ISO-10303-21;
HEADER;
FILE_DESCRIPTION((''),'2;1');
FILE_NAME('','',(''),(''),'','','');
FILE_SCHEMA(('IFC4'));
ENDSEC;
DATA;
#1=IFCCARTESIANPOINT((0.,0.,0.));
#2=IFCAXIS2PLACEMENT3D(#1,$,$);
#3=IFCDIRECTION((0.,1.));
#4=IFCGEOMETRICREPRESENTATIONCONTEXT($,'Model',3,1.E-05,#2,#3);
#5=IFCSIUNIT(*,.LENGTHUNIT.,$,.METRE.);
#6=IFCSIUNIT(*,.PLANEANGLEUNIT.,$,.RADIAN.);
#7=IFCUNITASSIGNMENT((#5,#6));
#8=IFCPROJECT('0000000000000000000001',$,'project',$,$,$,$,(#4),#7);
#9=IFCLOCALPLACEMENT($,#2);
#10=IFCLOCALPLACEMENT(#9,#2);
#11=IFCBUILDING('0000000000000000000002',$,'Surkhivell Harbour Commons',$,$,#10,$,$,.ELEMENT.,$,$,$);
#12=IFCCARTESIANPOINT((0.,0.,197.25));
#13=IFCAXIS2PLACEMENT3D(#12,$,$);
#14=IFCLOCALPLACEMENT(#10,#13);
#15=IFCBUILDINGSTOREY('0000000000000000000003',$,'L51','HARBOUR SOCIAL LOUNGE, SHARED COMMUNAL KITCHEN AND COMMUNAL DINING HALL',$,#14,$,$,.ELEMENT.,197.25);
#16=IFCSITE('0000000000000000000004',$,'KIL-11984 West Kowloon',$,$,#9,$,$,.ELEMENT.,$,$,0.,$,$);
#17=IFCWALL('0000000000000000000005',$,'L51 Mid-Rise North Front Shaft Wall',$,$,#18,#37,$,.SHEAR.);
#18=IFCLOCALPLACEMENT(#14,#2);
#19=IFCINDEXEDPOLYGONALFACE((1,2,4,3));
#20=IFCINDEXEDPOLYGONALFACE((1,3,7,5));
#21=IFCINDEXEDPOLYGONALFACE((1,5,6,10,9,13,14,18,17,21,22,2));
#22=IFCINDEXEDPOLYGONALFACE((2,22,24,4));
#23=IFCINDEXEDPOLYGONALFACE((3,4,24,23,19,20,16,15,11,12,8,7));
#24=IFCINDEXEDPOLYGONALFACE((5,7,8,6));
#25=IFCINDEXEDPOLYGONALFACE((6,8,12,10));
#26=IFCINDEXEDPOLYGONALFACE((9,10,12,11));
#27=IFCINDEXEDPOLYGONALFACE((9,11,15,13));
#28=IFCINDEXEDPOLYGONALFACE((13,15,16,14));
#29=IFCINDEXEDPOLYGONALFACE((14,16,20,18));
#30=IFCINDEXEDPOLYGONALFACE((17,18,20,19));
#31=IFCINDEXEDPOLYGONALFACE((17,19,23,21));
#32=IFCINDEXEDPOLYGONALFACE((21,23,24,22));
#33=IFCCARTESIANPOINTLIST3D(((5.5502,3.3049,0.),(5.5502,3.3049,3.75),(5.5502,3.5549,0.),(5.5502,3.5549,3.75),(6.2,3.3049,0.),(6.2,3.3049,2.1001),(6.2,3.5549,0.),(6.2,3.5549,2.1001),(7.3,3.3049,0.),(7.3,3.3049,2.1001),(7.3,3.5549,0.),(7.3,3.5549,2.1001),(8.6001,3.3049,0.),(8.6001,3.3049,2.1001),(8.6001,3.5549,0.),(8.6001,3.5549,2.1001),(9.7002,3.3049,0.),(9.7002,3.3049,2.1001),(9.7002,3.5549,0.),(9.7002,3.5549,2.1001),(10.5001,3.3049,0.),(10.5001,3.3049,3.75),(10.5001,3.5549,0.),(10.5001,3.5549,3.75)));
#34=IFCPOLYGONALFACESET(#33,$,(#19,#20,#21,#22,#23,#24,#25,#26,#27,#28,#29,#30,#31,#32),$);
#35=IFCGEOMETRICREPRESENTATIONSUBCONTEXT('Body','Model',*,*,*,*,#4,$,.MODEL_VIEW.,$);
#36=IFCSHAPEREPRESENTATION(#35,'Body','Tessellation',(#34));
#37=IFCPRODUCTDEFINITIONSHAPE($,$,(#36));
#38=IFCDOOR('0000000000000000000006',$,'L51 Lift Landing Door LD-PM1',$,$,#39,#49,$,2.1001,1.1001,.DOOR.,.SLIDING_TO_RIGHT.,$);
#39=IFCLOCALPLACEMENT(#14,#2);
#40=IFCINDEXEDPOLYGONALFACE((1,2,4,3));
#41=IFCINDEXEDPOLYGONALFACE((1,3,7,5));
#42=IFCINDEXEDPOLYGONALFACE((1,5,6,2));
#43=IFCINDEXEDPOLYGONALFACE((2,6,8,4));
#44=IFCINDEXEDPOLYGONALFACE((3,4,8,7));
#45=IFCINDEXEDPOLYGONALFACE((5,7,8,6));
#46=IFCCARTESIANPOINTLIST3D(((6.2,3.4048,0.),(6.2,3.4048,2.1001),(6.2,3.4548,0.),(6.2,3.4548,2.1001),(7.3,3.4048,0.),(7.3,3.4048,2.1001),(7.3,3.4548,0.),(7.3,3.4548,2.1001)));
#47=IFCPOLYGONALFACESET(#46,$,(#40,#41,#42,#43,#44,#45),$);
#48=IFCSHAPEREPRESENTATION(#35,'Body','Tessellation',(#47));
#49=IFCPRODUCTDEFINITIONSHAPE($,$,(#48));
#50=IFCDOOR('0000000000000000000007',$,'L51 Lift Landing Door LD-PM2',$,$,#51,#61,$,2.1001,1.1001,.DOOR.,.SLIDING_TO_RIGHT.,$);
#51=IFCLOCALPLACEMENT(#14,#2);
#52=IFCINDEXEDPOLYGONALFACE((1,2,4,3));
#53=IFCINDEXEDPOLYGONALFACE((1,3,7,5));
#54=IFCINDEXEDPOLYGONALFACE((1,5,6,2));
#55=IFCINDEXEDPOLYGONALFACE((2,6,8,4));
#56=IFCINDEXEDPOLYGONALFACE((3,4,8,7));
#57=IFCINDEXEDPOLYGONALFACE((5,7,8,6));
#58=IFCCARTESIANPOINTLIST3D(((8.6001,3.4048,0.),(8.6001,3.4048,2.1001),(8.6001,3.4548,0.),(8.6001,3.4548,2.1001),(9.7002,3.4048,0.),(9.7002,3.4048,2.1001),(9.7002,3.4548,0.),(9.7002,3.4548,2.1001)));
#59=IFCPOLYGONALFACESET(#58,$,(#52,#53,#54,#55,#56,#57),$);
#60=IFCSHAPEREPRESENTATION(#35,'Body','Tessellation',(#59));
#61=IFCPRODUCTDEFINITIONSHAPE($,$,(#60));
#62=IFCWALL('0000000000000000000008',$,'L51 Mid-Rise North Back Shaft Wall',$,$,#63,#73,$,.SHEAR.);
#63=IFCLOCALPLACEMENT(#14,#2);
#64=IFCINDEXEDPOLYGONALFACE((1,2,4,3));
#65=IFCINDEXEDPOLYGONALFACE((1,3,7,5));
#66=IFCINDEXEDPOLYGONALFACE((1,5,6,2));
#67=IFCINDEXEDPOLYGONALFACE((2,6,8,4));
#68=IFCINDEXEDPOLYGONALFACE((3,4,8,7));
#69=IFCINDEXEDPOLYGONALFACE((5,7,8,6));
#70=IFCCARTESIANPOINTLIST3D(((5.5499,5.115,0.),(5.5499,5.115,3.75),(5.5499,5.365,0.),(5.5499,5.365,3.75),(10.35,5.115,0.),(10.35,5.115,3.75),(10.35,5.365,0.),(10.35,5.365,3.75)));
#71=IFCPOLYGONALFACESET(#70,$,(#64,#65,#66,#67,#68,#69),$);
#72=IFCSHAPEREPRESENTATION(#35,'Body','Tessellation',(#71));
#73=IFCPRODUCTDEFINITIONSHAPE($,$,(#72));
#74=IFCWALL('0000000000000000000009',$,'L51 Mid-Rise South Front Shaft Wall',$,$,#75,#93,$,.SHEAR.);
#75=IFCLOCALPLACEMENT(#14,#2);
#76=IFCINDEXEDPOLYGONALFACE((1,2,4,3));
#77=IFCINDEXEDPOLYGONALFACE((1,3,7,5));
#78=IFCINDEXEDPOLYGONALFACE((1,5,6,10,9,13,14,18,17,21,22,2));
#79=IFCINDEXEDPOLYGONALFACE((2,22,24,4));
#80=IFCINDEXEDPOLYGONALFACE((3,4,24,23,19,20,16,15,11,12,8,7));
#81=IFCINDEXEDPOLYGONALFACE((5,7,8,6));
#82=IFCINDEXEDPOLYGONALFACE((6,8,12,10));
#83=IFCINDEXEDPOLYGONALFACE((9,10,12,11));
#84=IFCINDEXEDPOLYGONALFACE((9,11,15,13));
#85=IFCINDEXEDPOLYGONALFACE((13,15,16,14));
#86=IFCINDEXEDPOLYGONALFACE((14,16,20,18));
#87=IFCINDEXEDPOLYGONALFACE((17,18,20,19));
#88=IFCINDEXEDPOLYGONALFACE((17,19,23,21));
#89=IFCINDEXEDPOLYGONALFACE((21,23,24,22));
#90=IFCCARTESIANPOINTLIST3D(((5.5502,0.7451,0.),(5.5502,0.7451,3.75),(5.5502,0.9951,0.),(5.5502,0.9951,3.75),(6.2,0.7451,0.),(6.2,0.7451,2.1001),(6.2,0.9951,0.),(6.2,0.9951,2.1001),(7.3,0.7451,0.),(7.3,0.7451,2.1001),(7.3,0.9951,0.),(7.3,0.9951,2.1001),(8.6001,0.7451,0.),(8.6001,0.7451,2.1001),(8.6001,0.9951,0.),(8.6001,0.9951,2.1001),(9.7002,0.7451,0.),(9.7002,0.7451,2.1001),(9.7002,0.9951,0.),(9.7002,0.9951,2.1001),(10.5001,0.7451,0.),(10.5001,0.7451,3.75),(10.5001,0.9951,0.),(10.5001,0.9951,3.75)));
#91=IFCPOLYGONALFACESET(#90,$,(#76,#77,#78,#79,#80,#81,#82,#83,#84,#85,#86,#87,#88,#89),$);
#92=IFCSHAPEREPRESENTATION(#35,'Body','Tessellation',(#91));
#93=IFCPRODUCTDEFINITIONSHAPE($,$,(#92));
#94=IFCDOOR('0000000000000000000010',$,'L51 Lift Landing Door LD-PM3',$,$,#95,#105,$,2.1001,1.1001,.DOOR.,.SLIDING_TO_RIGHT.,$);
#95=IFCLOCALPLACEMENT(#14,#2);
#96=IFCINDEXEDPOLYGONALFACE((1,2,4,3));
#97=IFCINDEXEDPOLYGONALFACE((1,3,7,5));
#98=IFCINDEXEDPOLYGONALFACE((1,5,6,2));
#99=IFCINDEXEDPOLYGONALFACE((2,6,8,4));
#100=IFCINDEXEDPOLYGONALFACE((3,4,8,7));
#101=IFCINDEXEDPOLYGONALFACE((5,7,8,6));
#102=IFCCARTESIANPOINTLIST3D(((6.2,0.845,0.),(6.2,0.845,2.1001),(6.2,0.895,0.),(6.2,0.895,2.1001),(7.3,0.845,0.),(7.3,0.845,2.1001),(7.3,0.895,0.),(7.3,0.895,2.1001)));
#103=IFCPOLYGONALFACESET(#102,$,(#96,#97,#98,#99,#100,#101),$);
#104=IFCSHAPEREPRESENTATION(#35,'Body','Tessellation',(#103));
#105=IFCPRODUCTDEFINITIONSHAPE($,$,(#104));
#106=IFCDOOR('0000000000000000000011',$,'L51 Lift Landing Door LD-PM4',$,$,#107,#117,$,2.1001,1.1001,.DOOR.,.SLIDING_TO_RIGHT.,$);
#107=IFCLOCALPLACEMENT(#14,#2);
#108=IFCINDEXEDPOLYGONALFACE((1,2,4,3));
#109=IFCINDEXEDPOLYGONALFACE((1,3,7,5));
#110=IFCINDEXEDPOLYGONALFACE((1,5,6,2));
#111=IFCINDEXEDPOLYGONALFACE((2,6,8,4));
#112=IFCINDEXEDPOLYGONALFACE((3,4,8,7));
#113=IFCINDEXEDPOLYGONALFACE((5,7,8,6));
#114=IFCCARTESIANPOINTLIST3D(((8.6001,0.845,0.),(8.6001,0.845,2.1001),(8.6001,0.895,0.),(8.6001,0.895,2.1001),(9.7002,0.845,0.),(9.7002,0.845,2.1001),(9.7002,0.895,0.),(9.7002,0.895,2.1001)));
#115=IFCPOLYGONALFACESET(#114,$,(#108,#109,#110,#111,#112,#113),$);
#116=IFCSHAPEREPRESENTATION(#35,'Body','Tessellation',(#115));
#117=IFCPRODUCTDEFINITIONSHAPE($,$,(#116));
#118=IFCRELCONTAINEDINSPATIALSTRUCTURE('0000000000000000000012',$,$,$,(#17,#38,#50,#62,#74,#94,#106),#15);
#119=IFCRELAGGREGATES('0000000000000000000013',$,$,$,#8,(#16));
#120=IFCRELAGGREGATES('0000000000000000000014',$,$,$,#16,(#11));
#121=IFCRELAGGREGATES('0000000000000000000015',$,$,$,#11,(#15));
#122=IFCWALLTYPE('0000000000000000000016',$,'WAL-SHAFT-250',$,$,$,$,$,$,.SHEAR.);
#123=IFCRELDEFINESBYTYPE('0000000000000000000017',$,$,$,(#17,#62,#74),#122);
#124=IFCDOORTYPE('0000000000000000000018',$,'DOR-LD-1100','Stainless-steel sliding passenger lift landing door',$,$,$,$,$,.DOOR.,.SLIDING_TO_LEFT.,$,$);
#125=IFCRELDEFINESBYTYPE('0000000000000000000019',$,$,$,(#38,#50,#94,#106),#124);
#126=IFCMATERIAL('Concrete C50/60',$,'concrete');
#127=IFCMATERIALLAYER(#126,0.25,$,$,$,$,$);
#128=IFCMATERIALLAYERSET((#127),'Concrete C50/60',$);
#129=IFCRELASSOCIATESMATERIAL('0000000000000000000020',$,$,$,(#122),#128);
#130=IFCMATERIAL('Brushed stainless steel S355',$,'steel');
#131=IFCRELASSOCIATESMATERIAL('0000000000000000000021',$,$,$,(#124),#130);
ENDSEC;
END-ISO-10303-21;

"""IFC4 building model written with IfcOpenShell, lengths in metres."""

from ifc_helpers import new_model, si_unit, direction, frame, frame_2d, origin, place, context, subcontext, project, spatial, rectangle, extrude, material, layer, layer_set, type_object, element, fill, save


model = new_model("IFC4")

# Units and contexts
model_context = context("Model", 3, precision=1e-05, world=origin(), true_north=direction((0.0, 1.0)))
body_context = subcontext(model_context, "Body", "Model", "MODEL_VIEW")
ifc_project = project(units=[si_unit("LENGTHUNIT", "METRE"), si_unit("PLANEANGLEUNIT", "RADIAN")], contexts=[model_context])

# Site, building, storey
site_placement = place(None, origin())
site = spatial("IfcSite", under=ifc_project, at=site_placement, Name="KIL-11984 West Kowloon", CompositionType="ELEMENT", RefElevation=0.0)
building_placement = place(site_placement, origin())
building = spatial("IfcBuilding", under=site, at=building_placement, Name="Surkhivell Harbour Commons", CompositionType="ELEMENT")
storey_placement = place(building_placement, frame((0.0, 0.0, 197.25)))
storey = spatial("IfcBuildingStorey", under=building, at=storey_placement, Name="L51", Description="HARBOUR SOCIAL LOUNGE, SHARED COMMUNAL KITCHEN AND COMMUNAL DINING HALL", CompositionType="ELEMENT", Elevation=197.25)

# Shared definitions
ifc_material_1 = material(Name="Concrete C50/60", Category="concrete")
ifc_layer_1 = layer(ifc_material_1, 0.25)
ifc_layer_set_1 = layer_set([ifc_layer_1], Name="Concrete C50/60")
wall_type_1 = type_object("IfcWallType", Name="WAL-SHAFT-250", PredefinedType="SHEAR", material=ifc_layer_set_1)

# Wall, openings, doors
wall_1_placement = place(storey_placement, frame((5.55, 3.4299, 0.0), z_axis=(0.0, 0.0, 1.0), x_axis=(1.0, 0.0, 0.0)))
wall_1 = element("IfcWall", 1, at=wall_1_placement, inside=storey, type_object=wall_type_1, Name="L51 Mid-Rise North Front Shaft Wall", PredefinedType="SHEAR", context=body_context, shape_type="SweptSolid", body=[
    extrude(rectangle(XDim=4.95, YDim=0.25, at=frame_2d((2.4751, 0.0))), origin(), (0.0, 0.0, 1.0), 3.75),
])
opening_1_placement = place(wall_1_placement, frame((0.6499, 0.0, 0.0)))
opening_1 = element("IfcOpeningElement", 2, at=opening_1_placement, cuts=wall_1, PredefinedType="OPENING", context=body_context, shape_type="SweptSolid", body=[
    extrude(rectangle(XDim=1.1001, YDim=2.1001, at=frame_2d((0.55, 1.05))), frame((0.0, 0.135, 0.0), z_axis=(0.0, -1.0, 0.0), x_axis=(1.0, 0.0, 0.0)), (0.0, 0.0, 1.0), 0.27),
])
opening_2_placement = place(wall_1_placement, frame((3.05, 0.0, 0.0)))
opening_2 = element("IfcOpeningElement", 3, at=opening_2_placement, cuts=wall_1, PredefinedType="OPENING", context=body_context, shape_type="SweptSolid", body=[
    extrude(rectangle(XDim=1.1001, YDim=2.1001, at=frame_2d((0.55, 1.05))), frame((0.0, 0.135, 0.0), z_axis=(0.0, -1.0, 0.0), x_axis=(1.0, 0.0, 0.0)), (0.0, 0.0, 1.0), 0.27),
])
ifc_material_2 = material(Name="Brushed stainless steel S355", Category="steel")
door_type_1 = type_object("IfcDoorType", Name="DOR-LD-1100", Description="Stainless-steel sliding passenger lift landing door", OperationType="SLIDING_TO_LEFT", PredefinedType="DOOR", material=ifc_material_2)
door_1_placement = place(opening_1_placement, origin())
door_1 = element("IfcDoor", 4, at=door_1_placement, inside=storey, type_object=door_type_1, Name="L51 Lift Landing Door LD-PM1", OperationType="SLIDING_TO_RIGHT", OverallHeight=2.1001, OverallWidth=1.1001, PredefinedType="DOOR", context=body_context, shape_type="SweptSolid", body=[
    extrude(rectangle(XDim=1.1001, YDim=2.1001, at=frame_2d((0.55, 1.05))), frame((0.0, 0.0249, 0.0), z_axis=(0.0, -1.0, 0.0), x_axis=(1.0, 0.0, 0.0)), (0.0, 0.0, 1.0), 0.05),
])
fill(opening_1, door_1)
door_2_placement = place(opening_2_placement, origin())
door_2 = element("IfcDoor", 5, at=door_2_placement, inside=storey, type_object=door_type_1, Name="L51 Lift Landing Door LD-PM2", OperationType="SLIDING_TO_RIGHT", OverallHeight=2.1001, OverallWidth=1.1001, PredefinedType="DOOR", context=body_context, shape_type="SweptSolid", body=[
    extrude(rectangle(XDim=1.1001, YDim=2.1001, at=frame_2d((0.55, 1.05))), frame((0.0, 0.0249, 0.0), z_axis=(0.0, -1.0, 0.0), x_axis=(1.0, 0.0, 0.0)), (0.0, 0.0, 1.0), 0.05),
])
fill(opening_2, door_2)

# Wall
wall_2_placement = place(storey_placement, frame((5.55, 5.24, 0.0), z_axis=(0.0, 0.0, 1.0), x_axis=(1.0, 0.0, 0.0)))
element("IfcWall", 6, at=wall_2_placement, inside=storey, type_object=wall_type_1, Name="L51 Mid-Rise North Back Shaft Wall", PredefinedType="SHEAR", context=body_context, shape_type="SweptSolid", body=[
    extrude(rectangle(XDim=4.8, YDim=0.25, at=frame_2d((2.3999, 0.0))), origin(), (0.0, 0.0, 1.0), 3.75),
])

# Wall, openings, doors
wall_3_placement = place(storey_placement, frame((5.55, 0.8701, 0.0), z_axis=(0.0, 0.0, 1.0), x_axis=(1.0, 0.0, 0.0)))
wall_3 = element("IfcWall", 7, at=wall_3_placement, inside=storey, type_object=wall_type_1, Name="L51 Mid-Rise South Front Shaft Wall", PredefinedType="SHEAR", context=body_context, shape_type="SweptSolid", body=[
    extrude(rectangle(XDim=4.95, YDim=0.25, at=frame_2d((2.4751, 0.0))), origin(), (0.0, 0.0, 1.0), 3.75),
])
opening_3_placement = place(wall_3_placement, frame((0.6499, 0.0, 0.0)))
opening_3 = element("IfcOpeningElement", 8, at=opening_3_placement, cuts=wall_3, PredefinedType="OPENING", context=body_context, shape_type="SweptSolid", body=[
    extrude(rectangle(XDim=1.1001, YDim=2.1001, at=frame_2d((0.55, 1.05))), frame((0.0, 0.135, 0.0), z_axis=(0.0, -1.0, 0.0), x_axis=(1.0, 0.0, 0.0)), (0.0, 0.0, 1.0), 0.27),
])
opening_4_placement = place(wall_3_placement, frame((3.05, 0.0, 0.0)))
opening_4 = element("IfcOpeningElement", 9, at=opening_4_placement, cuts=wall_3, PredefinedType="OPENING", context=body_context, shape_type="SweptSolid", body=[
    extrude(rectangle(XDim=1.1001, YDim=2.1001, at=frame_2d((0.55, 1.05))), frame((0.0, 0.135, 0.0), z_axis=(0.0, -1.0, 0.0), x_axis=(1.0, 0.0, 0.0)), (0.0, 0.0, 1.0), 0.27),
])
door_3_placement = place(opening_3_placement, origin())
door_3 = element("IfcDoor", 10, at=door_3_placement, inside=storey, type_object=door_type_1, Name="L51 Lift Landing Door LD-PM3", OperationType="SLIDING_TO_RIGHT", OverallHeight=2.1001, OverallWidth=1.1001, PredefinedType="DOOR", context=body_context, shape_type="SweptSolid", body=[
    extrude(rectangle(XDim=1.1001, YDim=2.1001, at=frame_2d((0.55, 1.05))), frame((0.0, 0.0249, 0.0), z_axis=(0.0, -1.0, 0.0), x_axis=(1.0, 0.0, 0.0)), (0.0, 0.0, 1.0), 0.05),
])
fill(opening_3, door_3)
door_4_placement = place(opening_4_placement, origin())
door_4 = element("IfcDoor", 11, at=door_4_placement, inside=storey, type_object=door_type_1, Name="L51 Lift Landing Door LD-PM4", OperationType="SLIDING_TO_RIGHT", OverallHeight=2.1001, OverallWidth=1.1001, PredefinedType="DOOR", context=body_context, shape_type="SweptSolid", body=[
    extrude(rectangle(XDim=1.1001, YDim=2.1001, at=frame_2d((0.55, 1.05))), frame((0.0, 0.0249, 0.0), z_axis=(0.0, -1.0, 0.0), x_axis=(1.0, 0.0, 0.0)), (0.0, 0.0, 1.0), 0.05),
])
fill(opening_4, door_4)

save(model, "model.ifc")
